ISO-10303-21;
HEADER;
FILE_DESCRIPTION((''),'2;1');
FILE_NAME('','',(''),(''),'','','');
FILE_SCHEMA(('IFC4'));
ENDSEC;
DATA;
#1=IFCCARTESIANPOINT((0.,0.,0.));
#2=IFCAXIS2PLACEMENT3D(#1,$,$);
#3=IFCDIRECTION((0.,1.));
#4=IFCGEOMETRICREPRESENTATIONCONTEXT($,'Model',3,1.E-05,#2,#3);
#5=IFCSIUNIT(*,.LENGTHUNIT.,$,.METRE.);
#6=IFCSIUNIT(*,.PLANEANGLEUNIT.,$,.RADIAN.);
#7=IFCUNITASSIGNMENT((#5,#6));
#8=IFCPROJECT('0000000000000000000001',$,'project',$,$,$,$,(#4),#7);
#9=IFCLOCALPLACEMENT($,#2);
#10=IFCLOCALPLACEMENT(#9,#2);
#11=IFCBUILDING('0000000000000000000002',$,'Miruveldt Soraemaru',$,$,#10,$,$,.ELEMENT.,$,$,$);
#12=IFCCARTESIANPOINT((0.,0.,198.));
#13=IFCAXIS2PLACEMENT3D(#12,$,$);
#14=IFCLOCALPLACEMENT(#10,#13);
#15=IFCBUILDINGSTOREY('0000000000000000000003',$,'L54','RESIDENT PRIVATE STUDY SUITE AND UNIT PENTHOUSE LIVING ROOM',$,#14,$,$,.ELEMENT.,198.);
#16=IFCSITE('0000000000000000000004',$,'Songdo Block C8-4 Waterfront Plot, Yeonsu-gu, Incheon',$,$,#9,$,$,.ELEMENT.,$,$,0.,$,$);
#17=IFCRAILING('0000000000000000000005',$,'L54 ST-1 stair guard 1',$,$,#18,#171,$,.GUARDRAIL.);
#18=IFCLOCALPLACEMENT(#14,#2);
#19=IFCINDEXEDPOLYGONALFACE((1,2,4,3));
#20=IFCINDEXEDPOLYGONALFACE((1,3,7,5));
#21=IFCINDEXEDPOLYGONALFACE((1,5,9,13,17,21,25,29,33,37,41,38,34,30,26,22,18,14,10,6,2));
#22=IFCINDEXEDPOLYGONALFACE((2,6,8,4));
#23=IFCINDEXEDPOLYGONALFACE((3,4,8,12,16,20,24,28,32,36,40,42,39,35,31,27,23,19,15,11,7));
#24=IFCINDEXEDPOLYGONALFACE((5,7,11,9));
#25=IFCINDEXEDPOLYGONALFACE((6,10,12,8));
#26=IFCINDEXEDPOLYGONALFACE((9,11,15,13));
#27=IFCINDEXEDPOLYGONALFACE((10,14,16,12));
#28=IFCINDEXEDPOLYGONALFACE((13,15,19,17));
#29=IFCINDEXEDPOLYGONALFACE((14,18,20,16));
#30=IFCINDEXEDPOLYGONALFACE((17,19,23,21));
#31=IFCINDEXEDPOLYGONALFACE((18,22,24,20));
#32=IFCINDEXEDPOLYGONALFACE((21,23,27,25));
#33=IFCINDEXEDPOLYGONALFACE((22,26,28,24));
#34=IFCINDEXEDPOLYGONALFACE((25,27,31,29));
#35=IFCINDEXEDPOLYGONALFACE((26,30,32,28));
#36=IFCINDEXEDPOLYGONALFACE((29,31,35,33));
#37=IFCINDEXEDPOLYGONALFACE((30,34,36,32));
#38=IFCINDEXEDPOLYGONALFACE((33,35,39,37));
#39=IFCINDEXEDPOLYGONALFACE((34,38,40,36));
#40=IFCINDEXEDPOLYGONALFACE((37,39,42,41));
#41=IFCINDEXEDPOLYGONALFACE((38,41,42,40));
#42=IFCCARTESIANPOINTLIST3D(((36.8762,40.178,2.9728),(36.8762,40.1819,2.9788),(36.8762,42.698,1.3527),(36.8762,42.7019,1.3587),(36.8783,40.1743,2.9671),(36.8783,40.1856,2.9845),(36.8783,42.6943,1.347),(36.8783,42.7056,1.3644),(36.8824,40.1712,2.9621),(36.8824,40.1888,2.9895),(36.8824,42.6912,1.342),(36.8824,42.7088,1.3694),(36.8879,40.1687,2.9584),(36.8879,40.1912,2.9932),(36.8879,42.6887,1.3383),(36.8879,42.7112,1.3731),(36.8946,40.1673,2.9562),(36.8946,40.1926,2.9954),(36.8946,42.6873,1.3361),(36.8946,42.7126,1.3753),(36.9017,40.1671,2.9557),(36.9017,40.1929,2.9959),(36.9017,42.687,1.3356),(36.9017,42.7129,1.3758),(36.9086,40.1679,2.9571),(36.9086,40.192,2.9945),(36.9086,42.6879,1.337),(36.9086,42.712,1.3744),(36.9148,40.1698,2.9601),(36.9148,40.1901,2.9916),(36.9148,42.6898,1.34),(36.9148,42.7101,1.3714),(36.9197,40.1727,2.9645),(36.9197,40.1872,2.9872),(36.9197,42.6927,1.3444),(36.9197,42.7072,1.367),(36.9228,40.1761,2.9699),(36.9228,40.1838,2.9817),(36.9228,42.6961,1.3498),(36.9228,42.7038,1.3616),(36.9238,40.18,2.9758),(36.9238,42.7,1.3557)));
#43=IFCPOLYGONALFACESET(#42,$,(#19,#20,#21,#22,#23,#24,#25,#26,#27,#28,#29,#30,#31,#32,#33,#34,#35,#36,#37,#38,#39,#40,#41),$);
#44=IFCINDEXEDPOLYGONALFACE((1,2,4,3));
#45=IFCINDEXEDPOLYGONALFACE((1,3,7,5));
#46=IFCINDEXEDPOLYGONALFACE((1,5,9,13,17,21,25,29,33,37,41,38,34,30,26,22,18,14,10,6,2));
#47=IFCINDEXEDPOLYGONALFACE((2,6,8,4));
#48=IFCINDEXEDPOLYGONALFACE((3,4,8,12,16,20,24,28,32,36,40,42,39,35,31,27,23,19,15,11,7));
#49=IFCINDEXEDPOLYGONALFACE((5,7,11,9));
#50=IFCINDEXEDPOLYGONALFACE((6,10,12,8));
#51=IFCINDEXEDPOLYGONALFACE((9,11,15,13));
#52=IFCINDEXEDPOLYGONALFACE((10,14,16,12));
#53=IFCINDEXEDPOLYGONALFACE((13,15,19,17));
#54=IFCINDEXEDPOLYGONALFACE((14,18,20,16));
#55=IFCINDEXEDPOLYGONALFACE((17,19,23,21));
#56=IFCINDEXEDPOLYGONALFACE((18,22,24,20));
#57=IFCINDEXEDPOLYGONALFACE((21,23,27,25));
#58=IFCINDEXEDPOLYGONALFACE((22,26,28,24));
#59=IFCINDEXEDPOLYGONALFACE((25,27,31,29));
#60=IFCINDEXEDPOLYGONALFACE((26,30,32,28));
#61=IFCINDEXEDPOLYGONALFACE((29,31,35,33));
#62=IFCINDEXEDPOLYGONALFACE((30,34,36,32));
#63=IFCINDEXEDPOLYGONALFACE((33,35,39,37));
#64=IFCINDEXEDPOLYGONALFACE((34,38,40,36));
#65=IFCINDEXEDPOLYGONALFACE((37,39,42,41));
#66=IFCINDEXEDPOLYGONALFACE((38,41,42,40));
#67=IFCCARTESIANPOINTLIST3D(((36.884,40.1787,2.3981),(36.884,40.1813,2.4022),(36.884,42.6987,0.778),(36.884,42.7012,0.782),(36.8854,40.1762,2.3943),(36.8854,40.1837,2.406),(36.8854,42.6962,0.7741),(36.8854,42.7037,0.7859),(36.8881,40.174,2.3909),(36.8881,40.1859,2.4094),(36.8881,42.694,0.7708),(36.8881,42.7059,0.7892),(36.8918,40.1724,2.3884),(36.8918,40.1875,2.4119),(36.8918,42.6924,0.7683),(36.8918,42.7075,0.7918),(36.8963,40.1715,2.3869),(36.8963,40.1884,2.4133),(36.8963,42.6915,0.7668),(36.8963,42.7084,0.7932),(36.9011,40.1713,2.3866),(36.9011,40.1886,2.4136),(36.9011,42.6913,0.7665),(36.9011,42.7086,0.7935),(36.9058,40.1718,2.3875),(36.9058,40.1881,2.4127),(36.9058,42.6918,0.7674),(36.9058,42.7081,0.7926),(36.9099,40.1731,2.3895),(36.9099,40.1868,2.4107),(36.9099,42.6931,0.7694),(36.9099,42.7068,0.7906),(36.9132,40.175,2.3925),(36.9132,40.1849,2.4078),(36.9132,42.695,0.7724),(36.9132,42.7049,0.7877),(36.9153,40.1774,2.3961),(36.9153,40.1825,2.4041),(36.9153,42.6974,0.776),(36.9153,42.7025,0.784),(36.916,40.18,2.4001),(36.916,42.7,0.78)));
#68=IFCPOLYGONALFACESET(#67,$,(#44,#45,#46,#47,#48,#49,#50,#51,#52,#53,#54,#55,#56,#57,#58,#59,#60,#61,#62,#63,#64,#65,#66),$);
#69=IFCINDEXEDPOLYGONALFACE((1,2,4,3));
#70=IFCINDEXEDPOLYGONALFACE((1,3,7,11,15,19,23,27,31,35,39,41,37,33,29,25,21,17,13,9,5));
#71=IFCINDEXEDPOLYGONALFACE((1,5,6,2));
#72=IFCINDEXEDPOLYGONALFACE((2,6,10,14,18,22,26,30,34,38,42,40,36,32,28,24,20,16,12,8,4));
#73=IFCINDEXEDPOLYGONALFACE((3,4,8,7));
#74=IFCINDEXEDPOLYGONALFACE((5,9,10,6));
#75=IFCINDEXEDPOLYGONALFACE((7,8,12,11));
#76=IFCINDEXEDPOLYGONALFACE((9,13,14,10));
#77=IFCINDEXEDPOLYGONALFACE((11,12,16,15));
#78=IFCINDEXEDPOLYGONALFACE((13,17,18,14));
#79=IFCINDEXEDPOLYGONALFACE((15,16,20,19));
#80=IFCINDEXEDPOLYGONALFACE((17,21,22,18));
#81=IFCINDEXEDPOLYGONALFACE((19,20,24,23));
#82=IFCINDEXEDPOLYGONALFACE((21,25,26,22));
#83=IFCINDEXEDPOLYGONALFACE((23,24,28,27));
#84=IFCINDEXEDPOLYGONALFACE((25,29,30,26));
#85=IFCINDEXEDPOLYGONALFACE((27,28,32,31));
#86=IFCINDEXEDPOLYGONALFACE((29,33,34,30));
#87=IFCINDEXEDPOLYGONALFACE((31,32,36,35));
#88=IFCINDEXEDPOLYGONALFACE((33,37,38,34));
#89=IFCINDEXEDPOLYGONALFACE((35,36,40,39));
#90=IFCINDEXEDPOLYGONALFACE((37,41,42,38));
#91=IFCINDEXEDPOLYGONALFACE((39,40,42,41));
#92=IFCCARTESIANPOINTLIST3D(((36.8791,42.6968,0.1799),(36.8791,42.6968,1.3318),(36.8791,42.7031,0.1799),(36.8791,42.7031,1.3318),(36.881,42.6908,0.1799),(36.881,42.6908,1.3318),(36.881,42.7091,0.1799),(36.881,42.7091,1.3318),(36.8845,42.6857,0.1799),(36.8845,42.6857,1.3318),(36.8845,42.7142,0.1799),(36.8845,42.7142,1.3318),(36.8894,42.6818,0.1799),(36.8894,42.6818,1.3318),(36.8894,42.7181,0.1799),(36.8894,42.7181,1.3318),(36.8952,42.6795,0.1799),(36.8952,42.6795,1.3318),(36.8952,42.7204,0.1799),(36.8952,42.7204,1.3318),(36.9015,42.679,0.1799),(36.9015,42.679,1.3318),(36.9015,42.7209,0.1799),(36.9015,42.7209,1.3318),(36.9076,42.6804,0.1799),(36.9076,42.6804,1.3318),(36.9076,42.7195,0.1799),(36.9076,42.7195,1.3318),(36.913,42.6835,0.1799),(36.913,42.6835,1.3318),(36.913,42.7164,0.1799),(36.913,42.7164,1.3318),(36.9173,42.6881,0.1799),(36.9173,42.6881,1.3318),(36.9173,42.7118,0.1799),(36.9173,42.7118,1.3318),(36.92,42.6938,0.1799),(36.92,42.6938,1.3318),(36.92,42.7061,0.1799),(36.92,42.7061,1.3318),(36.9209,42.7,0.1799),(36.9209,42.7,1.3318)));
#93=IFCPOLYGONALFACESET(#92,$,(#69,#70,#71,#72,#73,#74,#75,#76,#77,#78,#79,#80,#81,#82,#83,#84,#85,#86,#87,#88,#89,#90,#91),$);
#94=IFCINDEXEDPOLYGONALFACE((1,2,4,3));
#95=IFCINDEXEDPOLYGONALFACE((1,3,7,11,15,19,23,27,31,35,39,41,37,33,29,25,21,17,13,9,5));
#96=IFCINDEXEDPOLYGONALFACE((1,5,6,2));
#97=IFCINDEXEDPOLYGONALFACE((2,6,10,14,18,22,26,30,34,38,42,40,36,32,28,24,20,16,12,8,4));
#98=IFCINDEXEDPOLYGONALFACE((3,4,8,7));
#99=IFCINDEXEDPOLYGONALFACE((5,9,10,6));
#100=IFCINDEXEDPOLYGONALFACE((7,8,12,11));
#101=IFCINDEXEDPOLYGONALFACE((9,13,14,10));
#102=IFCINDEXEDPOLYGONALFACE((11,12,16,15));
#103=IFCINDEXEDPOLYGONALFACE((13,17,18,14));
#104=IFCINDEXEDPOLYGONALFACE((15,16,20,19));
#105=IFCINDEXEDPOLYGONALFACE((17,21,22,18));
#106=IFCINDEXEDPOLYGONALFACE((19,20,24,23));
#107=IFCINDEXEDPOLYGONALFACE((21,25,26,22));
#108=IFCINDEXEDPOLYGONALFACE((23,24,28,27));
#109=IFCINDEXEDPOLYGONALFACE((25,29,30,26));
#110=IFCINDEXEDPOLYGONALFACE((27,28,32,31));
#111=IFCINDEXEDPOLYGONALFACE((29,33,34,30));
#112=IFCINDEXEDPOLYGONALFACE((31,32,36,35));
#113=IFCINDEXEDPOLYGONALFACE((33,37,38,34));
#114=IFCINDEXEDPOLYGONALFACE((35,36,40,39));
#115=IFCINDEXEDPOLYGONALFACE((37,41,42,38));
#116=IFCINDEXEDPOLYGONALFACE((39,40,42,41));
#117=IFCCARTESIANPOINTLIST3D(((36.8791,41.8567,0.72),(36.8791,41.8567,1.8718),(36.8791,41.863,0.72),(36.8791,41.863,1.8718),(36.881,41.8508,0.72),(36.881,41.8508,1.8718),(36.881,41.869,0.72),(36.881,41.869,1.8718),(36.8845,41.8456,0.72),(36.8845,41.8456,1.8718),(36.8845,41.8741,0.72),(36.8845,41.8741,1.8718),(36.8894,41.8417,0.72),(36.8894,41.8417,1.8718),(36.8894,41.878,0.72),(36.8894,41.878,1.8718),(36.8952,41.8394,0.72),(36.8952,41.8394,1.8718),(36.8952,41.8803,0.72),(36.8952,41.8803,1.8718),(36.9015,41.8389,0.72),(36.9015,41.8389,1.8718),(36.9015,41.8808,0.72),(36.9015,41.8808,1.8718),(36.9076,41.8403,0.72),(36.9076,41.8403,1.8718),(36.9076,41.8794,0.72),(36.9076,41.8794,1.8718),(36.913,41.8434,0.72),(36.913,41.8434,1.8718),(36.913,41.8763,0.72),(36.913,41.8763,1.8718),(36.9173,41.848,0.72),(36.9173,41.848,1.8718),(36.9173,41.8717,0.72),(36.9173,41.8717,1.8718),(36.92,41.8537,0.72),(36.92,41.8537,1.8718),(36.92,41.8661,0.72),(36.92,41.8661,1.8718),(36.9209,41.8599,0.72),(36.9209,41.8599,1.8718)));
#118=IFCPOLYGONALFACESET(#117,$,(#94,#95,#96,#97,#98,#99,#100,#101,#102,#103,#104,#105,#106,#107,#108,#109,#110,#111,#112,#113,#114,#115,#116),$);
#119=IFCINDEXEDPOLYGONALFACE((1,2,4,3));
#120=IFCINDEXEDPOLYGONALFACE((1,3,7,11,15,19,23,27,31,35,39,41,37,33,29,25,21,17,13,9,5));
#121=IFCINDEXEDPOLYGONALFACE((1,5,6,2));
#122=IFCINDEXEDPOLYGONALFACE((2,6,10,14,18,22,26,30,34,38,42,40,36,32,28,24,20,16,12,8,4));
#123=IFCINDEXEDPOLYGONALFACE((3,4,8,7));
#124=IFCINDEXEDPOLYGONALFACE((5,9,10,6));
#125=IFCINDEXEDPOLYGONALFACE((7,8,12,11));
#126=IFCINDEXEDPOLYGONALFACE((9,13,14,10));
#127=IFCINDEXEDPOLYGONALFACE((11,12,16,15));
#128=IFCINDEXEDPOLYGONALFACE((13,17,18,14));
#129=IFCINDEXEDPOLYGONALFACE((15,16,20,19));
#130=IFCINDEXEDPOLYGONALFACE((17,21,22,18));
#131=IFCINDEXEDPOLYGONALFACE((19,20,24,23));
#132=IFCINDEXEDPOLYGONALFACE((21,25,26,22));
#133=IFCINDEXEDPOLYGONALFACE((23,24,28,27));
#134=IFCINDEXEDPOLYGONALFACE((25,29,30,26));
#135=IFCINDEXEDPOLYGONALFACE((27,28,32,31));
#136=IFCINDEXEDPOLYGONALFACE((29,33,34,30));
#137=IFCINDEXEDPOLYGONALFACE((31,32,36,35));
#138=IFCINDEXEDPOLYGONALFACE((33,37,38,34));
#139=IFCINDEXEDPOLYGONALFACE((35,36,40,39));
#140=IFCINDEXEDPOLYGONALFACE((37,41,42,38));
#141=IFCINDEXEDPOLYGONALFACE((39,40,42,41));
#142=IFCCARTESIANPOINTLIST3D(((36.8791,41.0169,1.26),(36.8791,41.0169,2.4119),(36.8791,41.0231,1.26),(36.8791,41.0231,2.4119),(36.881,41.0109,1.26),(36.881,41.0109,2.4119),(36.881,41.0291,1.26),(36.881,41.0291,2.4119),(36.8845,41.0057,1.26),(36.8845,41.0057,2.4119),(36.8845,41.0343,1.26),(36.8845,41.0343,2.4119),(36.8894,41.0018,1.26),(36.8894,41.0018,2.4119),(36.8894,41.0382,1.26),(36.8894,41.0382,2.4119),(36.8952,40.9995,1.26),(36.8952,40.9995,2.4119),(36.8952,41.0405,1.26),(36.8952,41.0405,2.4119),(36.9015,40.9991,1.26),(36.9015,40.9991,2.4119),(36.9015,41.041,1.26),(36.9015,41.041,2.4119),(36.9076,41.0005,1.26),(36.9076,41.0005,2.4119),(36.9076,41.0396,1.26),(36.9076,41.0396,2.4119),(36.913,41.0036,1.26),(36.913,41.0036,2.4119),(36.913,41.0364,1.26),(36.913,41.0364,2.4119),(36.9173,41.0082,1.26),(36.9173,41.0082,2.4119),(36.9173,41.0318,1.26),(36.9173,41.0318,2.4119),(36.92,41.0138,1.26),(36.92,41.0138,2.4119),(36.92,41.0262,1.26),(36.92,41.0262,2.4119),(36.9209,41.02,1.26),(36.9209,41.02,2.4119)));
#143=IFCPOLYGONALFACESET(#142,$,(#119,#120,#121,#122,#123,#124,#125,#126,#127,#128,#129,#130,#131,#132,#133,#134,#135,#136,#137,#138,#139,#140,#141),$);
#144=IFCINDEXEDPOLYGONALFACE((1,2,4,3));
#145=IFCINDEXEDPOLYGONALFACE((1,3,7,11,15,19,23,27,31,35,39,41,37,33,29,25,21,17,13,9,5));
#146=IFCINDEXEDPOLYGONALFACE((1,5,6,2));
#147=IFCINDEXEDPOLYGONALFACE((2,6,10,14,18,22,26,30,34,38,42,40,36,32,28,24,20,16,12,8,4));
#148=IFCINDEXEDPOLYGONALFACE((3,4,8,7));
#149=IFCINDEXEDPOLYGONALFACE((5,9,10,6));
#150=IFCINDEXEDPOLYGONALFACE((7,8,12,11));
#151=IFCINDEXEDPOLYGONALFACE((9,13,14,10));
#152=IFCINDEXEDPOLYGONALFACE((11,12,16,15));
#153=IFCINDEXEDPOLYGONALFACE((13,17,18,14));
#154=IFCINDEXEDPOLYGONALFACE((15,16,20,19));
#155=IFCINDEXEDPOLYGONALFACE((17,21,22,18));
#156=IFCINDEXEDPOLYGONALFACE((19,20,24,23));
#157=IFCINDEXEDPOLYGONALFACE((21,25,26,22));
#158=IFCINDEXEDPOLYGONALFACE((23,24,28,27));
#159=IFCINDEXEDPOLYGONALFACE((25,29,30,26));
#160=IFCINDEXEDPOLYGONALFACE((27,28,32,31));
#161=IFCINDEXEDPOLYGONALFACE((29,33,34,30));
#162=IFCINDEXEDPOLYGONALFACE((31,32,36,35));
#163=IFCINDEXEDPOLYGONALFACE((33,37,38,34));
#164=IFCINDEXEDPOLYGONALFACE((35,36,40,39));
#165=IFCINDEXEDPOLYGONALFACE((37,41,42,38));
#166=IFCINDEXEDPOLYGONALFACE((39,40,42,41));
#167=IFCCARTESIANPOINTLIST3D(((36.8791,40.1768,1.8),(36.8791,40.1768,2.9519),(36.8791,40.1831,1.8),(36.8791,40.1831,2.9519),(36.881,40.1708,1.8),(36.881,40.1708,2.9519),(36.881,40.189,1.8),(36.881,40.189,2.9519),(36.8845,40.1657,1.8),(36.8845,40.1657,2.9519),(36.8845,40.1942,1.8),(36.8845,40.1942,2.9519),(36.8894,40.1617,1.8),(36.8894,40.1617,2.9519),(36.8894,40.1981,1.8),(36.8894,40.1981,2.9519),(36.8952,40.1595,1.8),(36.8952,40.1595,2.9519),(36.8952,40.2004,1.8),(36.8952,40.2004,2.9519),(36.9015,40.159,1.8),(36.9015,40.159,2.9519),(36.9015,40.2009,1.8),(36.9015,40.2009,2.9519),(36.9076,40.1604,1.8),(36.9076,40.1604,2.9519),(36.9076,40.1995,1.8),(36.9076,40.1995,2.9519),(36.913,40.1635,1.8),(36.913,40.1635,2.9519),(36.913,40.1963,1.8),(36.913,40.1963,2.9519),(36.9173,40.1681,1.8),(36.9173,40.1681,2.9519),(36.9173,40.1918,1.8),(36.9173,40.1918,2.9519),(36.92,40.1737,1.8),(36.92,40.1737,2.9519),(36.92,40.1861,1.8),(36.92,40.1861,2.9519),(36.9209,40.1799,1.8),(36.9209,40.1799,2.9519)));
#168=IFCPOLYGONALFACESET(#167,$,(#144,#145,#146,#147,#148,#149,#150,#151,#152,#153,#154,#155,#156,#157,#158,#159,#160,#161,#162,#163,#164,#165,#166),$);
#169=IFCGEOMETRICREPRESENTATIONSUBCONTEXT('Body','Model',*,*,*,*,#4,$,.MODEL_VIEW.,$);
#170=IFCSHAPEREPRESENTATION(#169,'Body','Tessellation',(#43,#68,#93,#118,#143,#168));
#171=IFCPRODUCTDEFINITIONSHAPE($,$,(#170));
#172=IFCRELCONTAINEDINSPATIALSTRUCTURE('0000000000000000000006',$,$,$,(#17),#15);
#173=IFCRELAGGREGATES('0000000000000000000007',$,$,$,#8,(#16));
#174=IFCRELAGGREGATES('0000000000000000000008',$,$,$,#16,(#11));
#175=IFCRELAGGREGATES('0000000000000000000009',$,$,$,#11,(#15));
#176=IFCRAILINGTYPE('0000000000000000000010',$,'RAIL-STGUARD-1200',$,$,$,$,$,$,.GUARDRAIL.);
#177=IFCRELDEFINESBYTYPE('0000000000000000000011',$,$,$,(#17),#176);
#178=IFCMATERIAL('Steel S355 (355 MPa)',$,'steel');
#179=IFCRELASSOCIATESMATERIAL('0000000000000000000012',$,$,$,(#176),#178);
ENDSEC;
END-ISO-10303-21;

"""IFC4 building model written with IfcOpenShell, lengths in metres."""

from ifc_helpers import new_model, si_unit, direction, frame, origin, origin_2d, place, context, subcontext, project, spatial, circle, extrude, material, type_object, element, save


model = new_model("IFC4")

# Units and contexts
model_context = context("Model", 3, precision=1e-05, world=origin(), true_north=direction((0.0, 1.0)))
body_context = subcontext(model_context, "Body", "Model", "MODEL_VIEW")
ifc_project = project(units=[si_unit("LENGTHUNIT", "METRE"), si_unit("PLANEANGLEUNIT", "RADIAN")], contexts=[model_context])

# Site, building, storey
site_placement = place(None, origin())
site = spatial("IfcSite", under=ifc_project, at=site_placement, Name="Songdo Block C8-4 Waterfront Plot, Yeonsu-gu, Incheon", CompositionType="ELEMENT", RefElevation=0.0)
building_placement = place(site_placement, origin())
building = spatial("IfcBuilding", under=site, at=building_placement, Name="Miruveldt Soraemaru", CompositionType="ELEMENT")
storey_placement = place(building_placement, frame((0.0, 0.0, 198.0)))
storey = spatial("IfcBuildingStorey", under=building, at=storey_placement, Name="L54", Description="RESIDENT PRIVATE STUDY SUITE AND UNIT PENTHOUSE LIVING ROOM", CompositionType="ELEMENT", Elevation=198.0)

# Railing
ifc_material_1 = material(Name="Steel S355 (355 MPa)", Category="steel")
railing_type_1 = type_object("IfcRailingType", Name="RAIL-STGUARD-1200", PredefinedType="GUARDRAIL", material=ifc_material_1)
railing_1_placement = place(storey_placement, frame((36.8999, 42.7, 0.1799)))
element("IfcRailing", 1, at=railing_1_placement, inside=storey, type_object=railing_type_1, Name="L54 ST-1 stair guard 1", PredefinedType="GUARDRAIL", context=body_context, shape_type="SweptSolid", body=[
    extrude(circle(Radius=0.0239, at=origin_2d()), frame((0.0, 0.0, 1.1758), z_axis=(0.0, -0.841163, 0.540782), x_axis=(1.0, 0.0, 0.0)), (0.0, 0.0, 1.0), 2.9958),
    extrude(circle(Radius=0.0161, at=origin_2d()), frame((0.0, 0.0, 0.6001), z_axis=(0.0, -0.841163, 0.540782), x_axis=(1.0, 0.0, 0.0)), (0.0, 0.0, 1.0), 2.9958),
    extrude(circle(Radius=0.021, at=origin_2d()), origin(), (0.0, 0.0, 1.0), 1.1519),
    extrude(circle(Radius=0.021, at=origin_2d()), frame((0.0, -0.8401, 0.54)), (0.0, 0.0, 1.0), 1.1519),
    extrude(circle(Radius=0.021, at=origin_2d()), frame((0.0, -1.6799, 1.0801)), (0.0, 0.0, 1.0), 1.1519),
    extrude(circle(Radius=0.021, at=origin_2d()), frame((0.0, -2.52, 1.6201)), (0.0, 0.0, 1.0), 1.1519),
])

save(model, "model.ifc")
